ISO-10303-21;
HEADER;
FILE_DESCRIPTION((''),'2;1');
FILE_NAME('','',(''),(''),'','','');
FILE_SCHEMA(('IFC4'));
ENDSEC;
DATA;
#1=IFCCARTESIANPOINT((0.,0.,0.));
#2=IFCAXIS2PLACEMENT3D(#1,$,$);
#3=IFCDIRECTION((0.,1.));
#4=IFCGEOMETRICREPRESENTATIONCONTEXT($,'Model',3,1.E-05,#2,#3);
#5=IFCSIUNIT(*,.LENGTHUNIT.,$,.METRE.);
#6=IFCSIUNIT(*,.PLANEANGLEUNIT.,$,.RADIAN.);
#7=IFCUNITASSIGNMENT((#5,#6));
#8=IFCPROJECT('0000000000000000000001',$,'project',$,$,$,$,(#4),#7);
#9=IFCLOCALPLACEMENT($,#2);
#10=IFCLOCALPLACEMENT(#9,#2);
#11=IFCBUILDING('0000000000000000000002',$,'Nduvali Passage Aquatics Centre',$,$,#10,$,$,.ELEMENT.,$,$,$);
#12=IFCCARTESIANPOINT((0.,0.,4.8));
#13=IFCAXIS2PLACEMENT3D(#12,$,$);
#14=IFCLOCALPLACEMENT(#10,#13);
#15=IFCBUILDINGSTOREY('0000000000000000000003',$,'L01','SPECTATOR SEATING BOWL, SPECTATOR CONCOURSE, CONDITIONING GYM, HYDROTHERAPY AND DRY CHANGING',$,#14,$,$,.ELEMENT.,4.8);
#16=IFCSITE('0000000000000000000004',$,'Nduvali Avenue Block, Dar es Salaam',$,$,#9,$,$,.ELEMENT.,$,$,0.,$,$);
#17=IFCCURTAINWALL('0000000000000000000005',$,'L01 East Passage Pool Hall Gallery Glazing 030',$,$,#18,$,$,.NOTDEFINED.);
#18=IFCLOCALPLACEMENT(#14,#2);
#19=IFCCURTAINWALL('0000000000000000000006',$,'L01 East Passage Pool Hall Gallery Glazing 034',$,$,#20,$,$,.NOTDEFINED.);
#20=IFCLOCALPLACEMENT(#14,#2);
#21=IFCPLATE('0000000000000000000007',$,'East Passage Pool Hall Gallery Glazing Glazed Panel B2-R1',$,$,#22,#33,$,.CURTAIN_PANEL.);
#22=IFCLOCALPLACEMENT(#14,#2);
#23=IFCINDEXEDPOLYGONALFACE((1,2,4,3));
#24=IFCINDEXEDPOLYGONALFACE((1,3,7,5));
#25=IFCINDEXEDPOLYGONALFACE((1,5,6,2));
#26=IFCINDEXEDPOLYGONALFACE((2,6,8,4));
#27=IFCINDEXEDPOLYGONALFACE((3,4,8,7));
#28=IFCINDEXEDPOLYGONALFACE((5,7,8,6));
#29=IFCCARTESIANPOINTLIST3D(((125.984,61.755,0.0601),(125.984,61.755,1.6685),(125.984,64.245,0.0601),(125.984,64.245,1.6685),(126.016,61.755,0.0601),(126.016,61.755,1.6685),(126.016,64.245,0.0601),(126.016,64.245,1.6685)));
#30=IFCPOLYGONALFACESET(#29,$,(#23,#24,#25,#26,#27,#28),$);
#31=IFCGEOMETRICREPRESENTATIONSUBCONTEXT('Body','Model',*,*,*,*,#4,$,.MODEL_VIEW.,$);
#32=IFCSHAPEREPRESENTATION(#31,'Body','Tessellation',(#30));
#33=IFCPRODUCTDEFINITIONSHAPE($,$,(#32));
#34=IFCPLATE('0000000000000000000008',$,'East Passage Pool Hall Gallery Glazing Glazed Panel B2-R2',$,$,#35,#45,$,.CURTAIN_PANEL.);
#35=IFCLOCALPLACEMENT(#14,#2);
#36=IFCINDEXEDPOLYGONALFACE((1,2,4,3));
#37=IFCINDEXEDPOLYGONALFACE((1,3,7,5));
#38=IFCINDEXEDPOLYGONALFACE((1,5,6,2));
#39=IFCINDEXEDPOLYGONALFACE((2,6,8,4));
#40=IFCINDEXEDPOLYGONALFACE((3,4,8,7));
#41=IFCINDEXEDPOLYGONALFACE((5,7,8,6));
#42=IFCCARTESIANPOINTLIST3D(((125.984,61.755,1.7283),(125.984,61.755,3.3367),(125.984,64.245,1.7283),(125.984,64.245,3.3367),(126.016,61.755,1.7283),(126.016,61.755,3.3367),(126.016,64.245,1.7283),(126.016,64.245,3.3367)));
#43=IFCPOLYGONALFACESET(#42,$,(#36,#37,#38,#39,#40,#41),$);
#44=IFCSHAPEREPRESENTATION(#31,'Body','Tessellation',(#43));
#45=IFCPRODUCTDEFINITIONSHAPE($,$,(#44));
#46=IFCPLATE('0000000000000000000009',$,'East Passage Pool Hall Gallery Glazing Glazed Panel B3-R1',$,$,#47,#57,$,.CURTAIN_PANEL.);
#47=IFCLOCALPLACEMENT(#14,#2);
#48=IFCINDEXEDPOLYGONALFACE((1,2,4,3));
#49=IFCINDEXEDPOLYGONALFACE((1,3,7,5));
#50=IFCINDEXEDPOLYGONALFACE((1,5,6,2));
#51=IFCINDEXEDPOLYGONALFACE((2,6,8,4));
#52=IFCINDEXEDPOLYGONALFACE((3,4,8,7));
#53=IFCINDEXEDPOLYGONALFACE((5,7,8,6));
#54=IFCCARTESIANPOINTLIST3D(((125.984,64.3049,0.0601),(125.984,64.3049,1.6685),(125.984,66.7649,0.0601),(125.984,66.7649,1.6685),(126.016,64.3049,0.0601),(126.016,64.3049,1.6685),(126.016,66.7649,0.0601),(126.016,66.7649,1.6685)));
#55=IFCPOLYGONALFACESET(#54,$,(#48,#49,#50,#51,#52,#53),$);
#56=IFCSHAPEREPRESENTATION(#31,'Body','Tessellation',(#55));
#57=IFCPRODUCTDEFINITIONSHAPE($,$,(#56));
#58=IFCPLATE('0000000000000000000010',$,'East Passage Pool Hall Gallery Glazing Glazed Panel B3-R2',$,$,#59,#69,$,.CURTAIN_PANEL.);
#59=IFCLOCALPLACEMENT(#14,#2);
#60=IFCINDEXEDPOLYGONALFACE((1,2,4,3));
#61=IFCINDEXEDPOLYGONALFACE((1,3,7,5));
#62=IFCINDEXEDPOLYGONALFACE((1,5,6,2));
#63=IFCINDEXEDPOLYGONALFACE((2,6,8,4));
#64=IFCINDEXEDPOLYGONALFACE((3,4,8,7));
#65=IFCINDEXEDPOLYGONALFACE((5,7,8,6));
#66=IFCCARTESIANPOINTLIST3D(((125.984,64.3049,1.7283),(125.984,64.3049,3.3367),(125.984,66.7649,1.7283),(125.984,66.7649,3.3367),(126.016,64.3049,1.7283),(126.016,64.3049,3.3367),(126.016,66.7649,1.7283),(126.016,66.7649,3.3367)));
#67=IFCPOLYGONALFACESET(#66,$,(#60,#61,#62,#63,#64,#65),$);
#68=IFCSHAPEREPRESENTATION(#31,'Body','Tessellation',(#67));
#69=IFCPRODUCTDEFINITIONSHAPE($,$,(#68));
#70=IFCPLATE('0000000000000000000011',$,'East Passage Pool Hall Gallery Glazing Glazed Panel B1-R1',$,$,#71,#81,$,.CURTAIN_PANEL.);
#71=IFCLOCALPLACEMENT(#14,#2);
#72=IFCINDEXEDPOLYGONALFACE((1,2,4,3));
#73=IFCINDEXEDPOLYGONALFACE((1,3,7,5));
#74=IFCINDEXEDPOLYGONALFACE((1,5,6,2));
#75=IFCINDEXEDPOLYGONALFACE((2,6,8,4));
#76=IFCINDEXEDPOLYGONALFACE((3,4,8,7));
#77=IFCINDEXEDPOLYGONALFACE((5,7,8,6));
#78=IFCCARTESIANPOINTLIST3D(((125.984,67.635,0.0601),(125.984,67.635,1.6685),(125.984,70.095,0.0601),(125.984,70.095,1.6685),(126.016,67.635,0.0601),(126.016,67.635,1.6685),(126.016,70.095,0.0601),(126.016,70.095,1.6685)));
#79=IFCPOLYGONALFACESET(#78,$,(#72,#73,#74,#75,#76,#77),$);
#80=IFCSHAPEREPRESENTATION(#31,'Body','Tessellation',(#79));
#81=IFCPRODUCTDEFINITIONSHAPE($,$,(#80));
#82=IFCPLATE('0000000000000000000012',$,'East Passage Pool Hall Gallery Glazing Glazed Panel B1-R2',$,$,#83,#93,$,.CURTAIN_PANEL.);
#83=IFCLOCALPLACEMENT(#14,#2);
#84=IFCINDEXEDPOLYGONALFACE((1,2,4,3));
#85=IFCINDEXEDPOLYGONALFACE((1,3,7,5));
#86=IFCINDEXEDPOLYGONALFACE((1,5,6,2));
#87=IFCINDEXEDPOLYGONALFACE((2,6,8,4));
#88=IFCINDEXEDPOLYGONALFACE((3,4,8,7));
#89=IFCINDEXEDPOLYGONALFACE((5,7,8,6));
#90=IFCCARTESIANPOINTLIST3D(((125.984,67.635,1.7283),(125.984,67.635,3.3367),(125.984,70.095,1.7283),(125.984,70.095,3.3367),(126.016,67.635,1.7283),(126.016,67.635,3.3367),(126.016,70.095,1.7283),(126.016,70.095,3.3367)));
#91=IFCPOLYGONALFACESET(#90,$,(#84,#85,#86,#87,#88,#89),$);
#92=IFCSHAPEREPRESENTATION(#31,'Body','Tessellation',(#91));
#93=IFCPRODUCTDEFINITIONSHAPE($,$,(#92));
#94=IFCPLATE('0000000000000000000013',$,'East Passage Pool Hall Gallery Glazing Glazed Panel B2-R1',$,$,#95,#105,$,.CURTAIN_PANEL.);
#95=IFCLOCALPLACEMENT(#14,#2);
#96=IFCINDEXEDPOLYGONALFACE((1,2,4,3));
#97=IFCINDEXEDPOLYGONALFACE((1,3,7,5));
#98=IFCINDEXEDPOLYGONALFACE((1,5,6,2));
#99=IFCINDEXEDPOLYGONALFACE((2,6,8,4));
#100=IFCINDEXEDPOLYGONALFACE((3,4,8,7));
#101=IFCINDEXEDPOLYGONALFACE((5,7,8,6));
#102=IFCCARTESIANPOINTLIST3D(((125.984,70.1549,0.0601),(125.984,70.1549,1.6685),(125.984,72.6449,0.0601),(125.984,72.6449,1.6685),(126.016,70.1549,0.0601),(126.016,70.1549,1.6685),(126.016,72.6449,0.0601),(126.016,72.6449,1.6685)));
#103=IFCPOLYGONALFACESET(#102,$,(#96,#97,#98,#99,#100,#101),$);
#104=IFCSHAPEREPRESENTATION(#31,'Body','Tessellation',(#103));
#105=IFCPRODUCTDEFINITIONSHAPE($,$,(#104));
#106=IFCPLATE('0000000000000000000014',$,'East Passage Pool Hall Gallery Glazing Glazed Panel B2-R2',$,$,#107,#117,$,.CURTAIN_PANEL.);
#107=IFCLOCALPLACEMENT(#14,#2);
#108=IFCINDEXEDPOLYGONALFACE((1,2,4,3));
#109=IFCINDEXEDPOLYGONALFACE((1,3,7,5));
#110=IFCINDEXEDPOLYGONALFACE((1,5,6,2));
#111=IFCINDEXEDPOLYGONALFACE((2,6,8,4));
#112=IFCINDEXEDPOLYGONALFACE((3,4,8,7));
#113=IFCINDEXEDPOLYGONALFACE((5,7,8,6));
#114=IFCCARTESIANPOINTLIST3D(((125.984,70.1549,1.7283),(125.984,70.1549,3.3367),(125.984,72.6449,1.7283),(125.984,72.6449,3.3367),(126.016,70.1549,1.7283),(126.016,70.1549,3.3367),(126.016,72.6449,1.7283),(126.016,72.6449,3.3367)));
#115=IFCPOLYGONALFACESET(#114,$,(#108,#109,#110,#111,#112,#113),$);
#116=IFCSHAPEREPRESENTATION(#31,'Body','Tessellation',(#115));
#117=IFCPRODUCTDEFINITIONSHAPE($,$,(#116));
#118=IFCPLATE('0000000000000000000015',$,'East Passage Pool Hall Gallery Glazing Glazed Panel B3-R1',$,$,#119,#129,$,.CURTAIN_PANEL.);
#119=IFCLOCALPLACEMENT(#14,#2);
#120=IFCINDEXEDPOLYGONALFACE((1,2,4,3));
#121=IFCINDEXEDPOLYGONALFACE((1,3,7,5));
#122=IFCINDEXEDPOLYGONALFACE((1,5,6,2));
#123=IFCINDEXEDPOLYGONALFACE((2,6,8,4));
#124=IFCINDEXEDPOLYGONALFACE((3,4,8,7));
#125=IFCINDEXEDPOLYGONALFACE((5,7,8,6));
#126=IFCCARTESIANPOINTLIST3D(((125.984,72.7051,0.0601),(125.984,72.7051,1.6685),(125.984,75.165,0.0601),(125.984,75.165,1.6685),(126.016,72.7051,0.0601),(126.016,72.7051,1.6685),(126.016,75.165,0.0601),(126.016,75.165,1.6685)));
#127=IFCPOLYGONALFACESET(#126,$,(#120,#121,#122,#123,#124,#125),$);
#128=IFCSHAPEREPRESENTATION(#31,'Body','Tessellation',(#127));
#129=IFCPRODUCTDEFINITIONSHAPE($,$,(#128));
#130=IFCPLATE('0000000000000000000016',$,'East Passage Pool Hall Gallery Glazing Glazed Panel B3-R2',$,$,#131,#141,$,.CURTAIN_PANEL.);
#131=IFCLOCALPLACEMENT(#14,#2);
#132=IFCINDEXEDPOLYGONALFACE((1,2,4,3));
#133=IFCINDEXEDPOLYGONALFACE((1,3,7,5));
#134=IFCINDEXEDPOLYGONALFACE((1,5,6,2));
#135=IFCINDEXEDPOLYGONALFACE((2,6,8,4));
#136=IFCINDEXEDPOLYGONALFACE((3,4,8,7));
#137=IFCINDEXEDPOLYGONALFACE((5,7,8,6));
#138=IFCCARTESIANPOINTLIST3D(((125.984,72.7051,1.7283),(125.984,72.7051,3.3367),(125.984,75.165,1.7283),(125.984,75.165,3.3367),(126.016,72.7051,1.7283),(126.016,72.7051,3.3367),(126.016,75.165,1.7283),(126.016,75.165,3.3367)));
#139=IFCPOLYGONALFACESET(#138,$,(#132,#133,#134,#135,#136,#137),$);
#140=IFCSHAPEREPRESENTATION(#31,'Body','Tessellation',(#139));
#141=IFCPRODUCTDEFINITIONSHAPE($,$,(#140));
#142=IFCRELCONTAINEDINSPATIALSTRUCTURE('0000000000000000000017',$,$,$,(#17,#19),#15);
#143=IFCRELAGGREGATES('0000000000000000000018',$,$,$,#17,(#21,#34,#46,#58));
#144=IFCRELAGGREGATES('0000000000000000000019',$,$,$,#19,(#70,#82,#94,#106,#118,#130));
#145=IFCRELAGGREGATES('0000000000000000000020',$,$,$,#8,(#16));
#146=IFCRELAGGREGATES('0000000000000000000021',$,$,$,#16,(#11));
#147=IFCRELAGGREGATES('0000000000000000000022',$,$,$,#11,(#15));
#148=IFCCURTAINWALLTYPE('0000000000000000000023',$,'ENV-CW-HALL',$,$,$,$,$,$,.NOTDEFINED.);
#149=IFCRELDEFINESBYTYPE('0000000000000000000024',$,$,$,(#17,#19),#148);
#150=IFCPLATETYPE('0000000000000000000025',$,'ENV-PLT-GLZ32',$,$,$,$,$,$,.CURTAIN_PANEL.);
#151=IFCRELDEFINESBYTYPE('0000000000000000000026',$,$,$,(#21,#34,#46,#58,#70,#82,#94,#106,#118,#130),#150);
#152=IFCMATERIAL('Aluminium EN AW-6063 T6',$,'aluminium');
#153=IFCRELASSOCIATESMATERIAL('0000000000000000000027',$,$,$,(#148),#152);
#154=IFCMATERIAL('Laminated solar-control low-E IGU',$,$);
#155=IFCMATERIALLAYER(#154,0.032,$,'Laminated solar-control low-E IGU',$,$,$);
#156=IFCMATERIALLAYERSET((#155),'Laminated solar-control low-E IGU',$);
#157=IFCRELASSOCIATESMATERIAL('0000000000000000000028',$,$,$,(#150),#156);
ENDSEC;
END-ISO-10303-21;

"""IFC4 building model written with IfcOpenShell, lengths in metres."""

from ifc_helpers import new_model, si_unit, direction, frame, origin, origin_2d, place, context, subcontext, project, spatial, rectangle, extrude, material, layer, layer_set, type_object, element, aggregate, save


model = new_model("IFC4")

# Units and contexts
model_context = context("Model", 3, precision=1e-05, world=origin(), true_north=direction((0.0, 1.0)))
body_context = subcontext(model_context, "Body", "Model", "MODEL_VIEW")
ifc_project = project(units=[si_unit("LENGTHUNIT", "METRE"), si_unit("PLANEANGLEUNIT", "RADIAN")], contexts=[model_context])

# Site, building, storey
site_placement = place(None, origin())
site = spatial("IfcSite", under=ifc_project, at=site_placement, Name="Nduvali Avenue Block, Dar es Salaam", CompositionType="ELEMENT", RefElevation=0.0)
building_placement = place(site_placement, origin())
building = spatial("IfcBuilding", under=site, at=building_placement, Name="Nduvali Passage Aquatics Centre", CompositionType="ELEMENT")
storey_placement = place(building_placement, frame((0.0, 0.0, 4.8)))
storey = spatial("IfcBuildingStorey", under=building, at=storey_placement, Name="L01", Description="SPECTATOR SEATING BOWL, SPECTATOR CONCOURSE, CONDITIONING GYM, HYDROTHERAPY AND DRY CHANGING", CompositionType="ELEMENT", Elevation=4.8)

# Curtain walls
ifc_material_1 = material(Name="Aluminium EN AW-6063 T6", Category="aluminium")
curtain_wall_type = type_object("IfcCurtainWallType", Name="ENV-CW-HALL", PredefinedType="NOTDEFINED", material=ifc_material_1)
curtain_wall_1_placement = place(storey_placement, origin())
curtain_wall_1 = element("IfcCurtainWall", 1, at=curtain_wall_1_placement, inside=storey, type_object=curtain_wall_type, Name="L01 East Passage Pool Hall Gallery Glazing 030", PredefinedType="NOTDEFINED")
curtain_wall_2_placement = place(storey_placement, origin())
curtain_wall_2 = element("IfcCurtainWall", 2, at=curtain_wall_2_placement, inside=storey, type_object=curtain_wall_type, Name="L01 East Passage Pool Hall Gallery Glazing 034", PredefinedType="NOTDEFINED")

# Plates
ifc_material_2 = material(Name="Laminated solar-control low-E IGU")
ifc_layer = layer(ifc_material_2, 0.032, Name="Laminated solar-control low-E IGU")
ifc_layer_set = layer_set([ifc_layer], Name="Laminated solar-control low-E IGU")
plate_type = type_object("IfcPlateType", Name="ENV-PLT-GLZ32", PredefinedType="CURTAIN_PANEL", material=ifc_layer_set)
plate_1_placement = place(storey_placement, frame((126.0, 63.0, 0.0601), z_axis=(0.0, 0.0, 1.0), x_axis=(0.0, 1.0, 0.0)))
plate_1 = element("IfcPlate", 3, at=plate_1_placement, type_object=plate_type, Name="East Passage Pool Hall Gallery Glazing Glazed Panel B2-R1", PredefinedType="CURTAIN_PANEL", context=body_context, shape_type="SweptSolid", body=[
    extrude(rectangle(XDim=2.49, YDim=0.032, at=origin_2d()), origin(), (0.0, 0.0, 1.0), 1.6084),
])
plate_2_placement = place(storey_placement, frame((126.0, 63.0, 1.7283), z_axis=(0.0, 0.0, 1.0), x_axis=(0.0, 1.0, 0.0)))
plate_2 = element("IfcPlate", 4, at=plate_2_placement, type_object=plate_type, Name="East Passage Pool Hall Gallery Glazing Glazed Panel B2-R2", PredefinedType="CURTAIN_PANEL", context=body_context, shape_type="SweptSolid", body=[
    extrude(rectangle(XDim=2.49, YDim=0.032, at=origin_2d()), origin(), (0.0, 0.0, 1.0), 1.6084),
])
plate_3_placement = place(storey_placement, frame((126.0, 65.5349, 0.0601), z_axis=(0.0, 0.0, 1.0), x_axis=(0.0, 1.0, 0.0)))
plate_3 = element("IfcPlate", 5, at=plate_3_placement, type_object=plate_type, Name="East Passage Pool Hall Gallery Glazing Glazed Panel B3-R1", PredefinedType="CURTAIN_PANEL", context=body_context, shape_type="SweptSolid", body=[
    extrude(rectangle(XDim=2.46, YDim=0.032, at=origin_2d()), origin(), (0.0, 0.0, 1.0), 1.6084),
])
plate_4_placement = place(storey_placement, frame((126.0, 65.5349, 1.7283), z_axis=(0.0, 0.0, 1.0), x_axis=(0.0, 1.0, 0.0)))
plate_4 = element("IfcPlate", 6, at=plate_4_placement, type_object=plate_type, Name="East Passage Pool Hall Gallery Glazing Glazed Panel B3-R2", PredefinedType="CURTAIN_PANEL", context=body_context, shape_type="SweptSolid", body=[
    extrude(rectangle(XDim=2.46, YDim=0.032, at=origin_2d()), origin(), (0.0, 0.0, 1.0), 1.6084),
])
aggregate(curtain_wall_1, [plate_1, plate_2, plate_3, plate_4])
plate_5_placement = place(storey_placement, frame((126.0, 68.865, 0.0601), z_axis=(0.0, 0.0, 1.0), x_axis=(0.0, 1.0, 0.0)))
plate_5 = element("IfcPlate", 7, at=plate_5_placement, type_object=plate_type, Name="East Passage Pool Hall Gallery Glazing Glazed Panel B1-R1", PredefinedType="CURTAIN_PANEL", context=body_context, shape_type="SweptSolid", body=[
    extrude(rectangle(XDim=2.46, YDim=0.032, at=origin_2d()), origin(), (0.0, 0.0, 1.0), 1.6084),
])
plate_6_placement = place(storey_placement, frame((126.0, 68.865, 1.7283), z_axis=(0.0, 0.0, 1.0), x_axis=(0.0, 1.0, 0.0)))
plate_6 = element("IfcPlate", 8, at=plate_6_placement, type_object=plate_type, Name="East Passage Pool Hall Gallery Glazing Glazed Panel B1-R2", PredefinedType="CURTAIN_PANEL", context=body_context, shape_type="SweptSolid", body=[
    extrude(rectangle(XDim=2.46, YDim=0.032, at=origin_2d()), origin(), (0.0, 0.0, 1.0), 1.6084),
])
plate_7_placement = place(storey_placement, frame((126.0, 71.3999, 0.0601), z_axis=(0.0, 0.0, 1.0), x_axis=(0.0, 1.0, 0.0)))
plate_7 = element("IfcPlate", 9, at=plate_7_placement, type_object=plate_type, Name="East Passage Pool Hall Gallery Glazing Glazed Panel B2-R1", PredefinedType="CURTAIN_PANEL", context=body_context, shape_type="SweptSolid", body=[
    extrude(rectangle(XDim=2.49, YDim=0.032, at=origin_2d()), origin(), (0.0, 0.0, 1.0), 1.6084),
])
plate_8_placement = place(storey_placement, frame((126.0, 71.3999, 1.7283), z_axis=(0.0, 0.0, 1.0), x_axis=(0.0, 1.0, 0.0)))
plate_8 = element("IfcPlate", 10, at=plate_8_placement, type_object=plate_type, Name="East Passage Pool Hall Gallery Glazing Glazed Panel B2-R2", PredefinedType="CURTAIN_PANEL", context=body_context, shape_type="SweptSolid", body=[
    extrude(rectangle(XDim=2.49, YDim=0.032, at=origin_2d()), origin(), (0.0, 0.0, 1.0), 1.6084),
])
plate_9_placement = place(storey_placement, frame((126.0, 73.9351, 0.0601), z_axis=(0.0, 0.0, 1.0), x_axis=(0.0, 1.0, 0.0)))
plate_9 = element("IfcPlate", 11, at=plate_9_placement, type_object=plate_type, Name="East Passage Pool Hall Gallery Glazing Glazed Panel B3-R1", PredefinedType="CURTAIN_PANEL", context=body_context, shape_type="SweptSolid", body=[
    extrude(rectangle(XDim=2.46, YDim=0.032, at=origin_2d()), origin(), (0.0, 0.0, 1.0), 1.6084),
])
plate_10_placement = place(storey_placement, frame((126.0, 73.9351, 1.7283), z_axis=(0.0, 0.0, 1.0), x_axis=(0.0, 1.0, 0.0)))
plate_10 = element("IfcPlate", 12, at=plate_10_placement, type_object=plate_type, Name="East Passage Pool Hall Gallery Glazing Glazed Panel B3-R2", PredefinedType="CURTAIN_PANEL", context=body_context, shape_type="SweptSolid", body=[
    extrude(rectangle(XDim=2.46, YDim=0.032, at=origin_2d()), origin(), (0.0, 0.0, 1.0), 1.6084),
])
aggregate(curtain_wall_2, [plate_5, plate_6, plate_7, plate_8, plate_9, plate_10])

save(model, "model.ifc")
